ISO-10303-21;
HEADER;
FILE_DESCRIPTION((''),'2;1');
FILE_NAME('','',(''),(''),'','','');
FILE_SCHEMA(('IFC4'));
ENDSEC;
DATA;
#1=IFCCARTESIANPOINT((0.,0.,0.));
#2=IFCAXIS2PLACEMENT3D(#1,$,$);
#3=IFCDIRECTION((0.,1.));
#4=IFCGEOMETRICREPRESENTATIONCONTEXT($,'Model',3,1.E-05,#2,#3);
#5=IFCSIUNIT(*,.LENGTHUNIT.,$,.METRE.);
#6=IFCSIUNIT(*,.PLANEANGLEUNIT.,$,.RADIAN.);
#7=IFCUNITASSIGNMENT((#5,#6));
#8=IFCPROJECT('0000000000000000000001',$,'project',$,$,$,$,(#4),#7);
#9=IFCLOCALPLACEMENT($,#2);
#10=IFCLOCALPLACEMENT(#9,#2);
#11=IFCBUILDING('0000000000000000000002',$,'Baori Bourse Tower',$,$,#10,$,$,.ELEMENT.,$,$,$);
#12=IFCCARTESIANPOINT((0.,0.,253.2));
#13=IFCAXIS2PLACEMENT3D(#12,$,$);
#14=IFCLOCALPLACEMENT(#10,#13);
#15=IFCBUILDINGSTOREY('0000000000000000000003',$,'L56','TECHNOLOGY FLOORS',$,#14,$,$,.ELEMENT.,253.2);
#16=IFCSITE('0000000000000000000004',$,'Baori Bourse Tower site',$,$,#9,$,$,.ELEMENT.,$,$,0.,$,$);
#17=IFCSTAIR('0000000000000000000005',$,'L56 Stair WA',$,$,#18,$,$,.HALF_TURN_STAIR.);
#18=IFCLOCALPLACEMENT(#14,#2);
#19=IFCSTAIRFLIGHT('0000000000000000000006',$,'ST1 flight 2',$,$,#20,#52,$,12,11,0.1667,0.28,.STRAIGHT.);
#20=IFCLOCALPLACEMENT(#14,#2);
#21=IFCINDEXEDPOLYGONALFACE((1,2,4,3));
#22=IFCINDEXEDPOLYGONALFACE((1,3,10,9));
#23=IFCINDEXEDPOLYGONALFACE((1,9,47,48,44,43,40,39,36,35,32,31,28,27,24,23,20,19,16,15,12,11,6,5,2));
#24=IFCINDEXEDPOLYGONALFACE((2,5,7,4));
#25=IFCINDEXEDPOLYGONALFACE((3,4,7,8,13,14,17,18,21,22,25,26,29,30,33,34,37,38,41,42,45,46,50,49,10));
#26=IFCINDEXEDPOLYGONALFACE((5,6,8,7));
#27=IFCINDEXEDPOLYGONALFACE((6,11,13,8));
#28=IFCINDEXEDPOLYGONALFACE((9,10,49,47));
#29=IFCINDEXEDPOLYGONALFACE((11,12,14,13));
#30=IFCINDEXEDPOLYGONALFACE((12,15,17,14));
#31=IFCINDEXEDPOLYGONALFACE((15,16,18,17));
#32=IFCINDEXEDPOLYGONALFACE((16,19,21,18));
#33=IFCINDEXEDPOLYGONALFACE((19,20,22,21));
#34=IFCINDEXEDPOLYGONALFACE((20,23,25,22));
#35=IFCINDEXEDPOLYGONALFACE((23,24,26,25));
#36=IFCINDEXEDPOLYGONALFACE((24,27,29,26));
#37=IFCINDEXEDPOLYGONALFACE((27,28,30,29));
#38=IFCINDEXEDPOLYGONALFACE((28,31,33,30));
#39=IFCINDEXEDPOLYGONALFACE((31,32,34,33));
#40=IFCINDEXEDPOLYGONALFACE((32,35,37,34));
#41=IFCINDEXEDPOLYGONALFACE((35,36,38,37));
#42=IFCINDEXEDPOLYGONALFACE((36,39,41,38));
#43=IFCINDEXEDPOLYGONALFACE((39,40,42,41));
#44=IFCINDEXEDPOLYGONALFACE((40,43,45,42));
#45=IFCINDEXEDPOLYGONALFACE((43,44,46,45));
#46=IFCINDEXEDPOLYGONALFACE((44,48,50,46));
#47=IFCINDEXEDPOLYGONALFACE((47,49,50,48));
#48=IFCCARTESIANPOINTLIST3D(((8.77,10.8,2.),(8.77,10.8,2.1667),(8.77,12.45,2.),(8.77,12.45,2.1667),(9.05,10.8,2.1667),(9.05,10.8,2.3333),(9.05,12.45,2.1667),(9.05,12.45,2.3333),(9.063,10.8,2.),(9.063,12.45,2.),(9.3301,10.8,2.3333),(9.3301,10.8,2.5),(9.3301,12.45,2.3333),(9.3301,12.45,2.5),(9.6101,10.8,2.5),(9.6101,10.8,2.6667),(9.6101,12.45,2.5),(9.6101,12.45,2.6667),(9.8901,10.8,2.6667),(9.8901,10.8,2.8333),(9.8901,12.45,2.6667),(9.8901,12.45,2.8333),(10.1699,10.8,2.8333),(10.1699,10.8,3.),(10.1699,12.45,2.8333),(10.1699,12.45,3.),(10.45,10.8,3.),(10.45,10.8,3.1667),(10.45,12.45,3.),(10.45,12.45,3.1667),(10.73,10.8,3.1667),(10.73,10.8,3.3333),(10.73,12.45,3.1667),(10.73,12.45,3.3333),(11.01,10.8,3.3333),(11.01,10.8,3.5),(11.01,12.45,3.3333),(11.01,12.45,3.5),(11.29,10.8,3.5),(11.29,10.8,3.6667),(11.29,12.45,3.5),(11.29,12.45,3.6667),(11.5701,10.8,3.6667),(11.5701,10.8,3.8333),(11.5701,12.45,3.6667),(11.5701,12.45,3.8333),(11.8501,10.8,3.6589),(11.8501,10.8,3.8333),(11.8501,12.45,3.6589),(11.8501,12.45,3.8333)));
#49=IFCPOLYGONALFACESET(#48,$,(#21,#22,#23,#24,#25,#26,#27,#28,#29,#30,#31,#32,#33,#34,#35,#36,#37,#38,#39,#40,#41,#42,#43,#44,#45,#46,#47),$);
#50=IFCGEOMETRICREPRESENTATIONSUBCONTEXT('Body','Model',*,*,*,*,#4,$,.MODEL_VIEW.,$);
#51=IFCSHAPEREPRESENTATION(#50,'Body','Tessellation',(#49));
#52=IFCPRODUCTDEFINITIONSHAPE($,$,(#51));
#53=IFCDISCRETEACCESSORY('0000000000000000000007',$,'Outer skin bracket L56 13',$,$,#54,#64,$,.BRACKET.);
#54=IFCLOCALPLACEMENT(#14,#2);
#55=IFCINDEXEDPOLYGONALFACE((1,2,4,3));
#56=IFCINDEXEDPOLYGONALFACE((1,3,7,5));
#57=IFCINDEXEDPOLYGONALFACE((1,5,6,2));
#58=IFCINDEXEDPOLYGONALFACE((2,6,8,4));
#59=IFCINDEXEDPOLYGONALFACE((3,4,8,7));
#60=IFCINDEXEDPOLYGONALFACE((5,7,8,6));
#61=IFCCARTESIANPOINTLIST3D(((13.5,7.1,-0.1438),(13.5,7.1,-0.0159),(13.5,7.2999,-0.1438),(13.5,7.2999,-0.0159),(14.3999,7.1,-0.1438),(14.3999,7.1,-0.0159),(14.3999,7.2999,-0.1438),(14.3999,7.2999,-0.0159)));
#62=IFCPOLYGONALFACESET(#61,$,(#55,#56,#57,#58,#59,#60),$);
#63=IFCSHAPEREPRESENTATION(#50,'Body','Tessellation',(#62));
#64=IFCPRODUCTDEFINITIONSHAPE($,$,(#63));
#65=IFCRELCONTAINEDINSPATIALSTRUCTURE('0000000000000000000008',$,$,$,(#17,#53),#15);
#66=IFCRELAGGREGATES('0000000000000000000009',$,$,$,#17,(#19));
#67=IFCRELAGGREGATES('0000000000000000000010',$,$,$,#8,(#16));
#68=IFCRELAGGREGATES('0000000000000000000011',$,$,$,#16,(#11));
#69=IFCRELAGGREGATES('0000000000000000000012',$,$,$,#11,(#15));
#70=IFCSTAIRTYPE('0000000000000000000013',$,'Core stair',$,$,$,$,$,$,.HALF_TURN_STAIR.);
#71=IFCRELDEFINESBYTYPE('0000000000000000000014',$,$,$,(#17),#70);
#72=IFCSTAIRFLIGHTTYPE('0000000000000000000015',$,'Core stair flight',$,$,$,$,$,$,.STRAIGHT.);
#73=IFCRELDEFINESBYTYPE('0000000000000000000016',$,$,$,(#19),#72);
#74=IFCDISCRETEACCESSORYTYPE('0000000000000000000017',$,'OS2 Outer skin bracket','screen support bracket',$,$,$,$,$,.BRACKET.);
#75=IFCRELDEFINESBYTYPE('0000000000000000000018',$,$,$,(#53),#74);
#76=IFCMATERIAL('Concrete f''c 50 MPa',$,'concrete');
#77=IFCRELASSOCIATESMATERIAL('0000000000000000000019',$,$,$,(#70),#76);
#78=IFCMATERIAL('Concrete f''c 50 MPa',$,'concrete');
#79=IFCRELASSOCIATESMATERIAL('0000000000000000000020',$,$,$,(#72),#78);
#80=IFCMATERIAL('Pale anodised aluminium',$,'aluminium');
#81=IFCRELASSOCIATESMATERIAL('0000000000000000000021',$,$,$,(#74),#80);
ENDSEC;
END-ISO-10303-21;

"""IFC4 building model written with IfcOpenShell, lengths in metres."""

from ifc_helpers import new_model, si_unit, direction, frame, origin, origin_2d, place, context, subcontext, project, spatial, polyline, rectangle, outline, extrude, material, type_object, element, aggregate, save


model = new_model("IFC4")

# Units and contexts
model_context = context("Model", 3, precision=1e-05, world=origin(), true_north=direction((0.0, 1.0)))
body_context = subcontext(model_context, "Body", "Model", "MODEL_VIEW")
ifc_project = project(units=[si_unit("LENGTHUNIT", "METRE"), si_unit("PLANEANGLEUNIT", "RADIAN")], contexts=[model_context])

# Site, building, storey
site_placement = place(None, origin())
site = spatial("IfcSite", under=ifc_project, at=site_placement, Name="Baori Bourse Tower site", CompositionType="ELEMENT", RefElevation=0.0)
building_placement = place(site_placement, origin())
building = spatial("IfcBuilding", under=site, at=building_placement, Name="Baori Bourse Tower", CompositionType="ELEMENT")
storey_placement = place(building_placement, frame((0.0, 0.0, 253.2)))
storey = spatial("IfcBuildingStorey", under=building, at=storey_placement, Name="L56", Description="TECHNOLOGY FLOORS", CompositionType="ELEMENT", Elevation=253.2)

# Stair, stair flight
ifc_material_1 = material(Name="Concrete f'c 50 MPa", Category="concrete")
stair_type = type_object("IfcStairType", Name="Core stair", PredefinedType="HALF_TURN_STAIR", material=ifc_material_1)
stair_placement = place(storey_placement, origin())
stair = element("IfcStair", 1, at=stair_placement, inside=storey, type_object=stair_type, Name="L56 Stair WA", PredefinedType="HALF_TURN_STAIR")
ifc_material_2 = material(Name="Concrete f'c 50 MPa", Category="concrete")
stair_flight_type = type_object("IfcStairFlightType", Name="Core stair flight", PredefinedType="STRAIGHT", material=ifc_material_2)
stair_flight_1_placement = place(storey_placement, frame((8.77, 11.625, 2.0), z_axis=(0.0, 0.0, 1.0), x_axis=(1.0, 0.0, 0.0)))
stair_flight_1 = element("IfcStairFlight", 2, at=stair_flight_1_placement, type_object=stair_flight_type, Name="ST1 flight 2", NumberOfRisers=12, NumberOfTreads=11, PredefinedType="STRAIGHT", RiserHeight=0.1667, TreadLength=0.28, context=body_context, shape_type="SweptSolid", body=[
    extrude(outline(polyline([(0.0, 0.0), (0.0, 0.1667), (0.28, 0.1667), (0.28, 0.3333), (0.5601, 0.3333), (0.5601, 0.5), (0.8401, 0.5), (0.8401, 0.6667), (1.1201, 0.6667), (1.1201, 0.8333), (1.3999, 0.8333), (1.3999, 1.0), (1.6799, 1.0), (1.6799, 1.1667), (1.96, 1.1667), (1.96, 1.3333), (2.24, 1.3333), (2.24, 1.5), (2.52, 1.5), (2.52, 1.6667), (2.8, 1.6667), (2.8, 1.8333), (3.0801, 1.8333), (3.0801, 2.0), (3.0801, 1.6589), (0.293, 0.0), (0.0, 0.0)])), frame((0.0, 0.825, 0.0), z_axis=(0.0, -1.0, 0.0), x_axis=(1.0, 0.0, 0.0)), (0.0, 0.0, 1.0), 1.6499),
])
aggregate(stair, [stair_flight_1])

# Discrete accessory
ifc_material_3 = material(Name="Pale anodised aluminium", Category="aluminium")
discrete_accessory_type = type_object("IfcDiscreteAccessoryType", Name="OS2 Outer skin bracket", Description="screen support bracket", PredefinedType="BRACKET", material=ifc_material_3)
discrete_accessory_placement = place(storey_placement, frame((13.95, 7.2, -0.1438), z_axis=(0.0, 0.0, 1.0), x_axis=(0.0, -1.0, 0.0)))
element("IfcDiscreteAccessory", 3, at=discrete_accessory_placement, inside=storey, type_object=discrete_accessory_type, Name="Outer skin bracket L56 13", PredefinedType="BRACKET", context=body_context, shape_type="SweptSolid", body=[
    extrude(rectangle(XDim=0.2, YDim=0.8999, at=origin_2d()), origin(), (0.0, 0.0, 1.0), 0.1279),
])

save(model, "model.ifc")
